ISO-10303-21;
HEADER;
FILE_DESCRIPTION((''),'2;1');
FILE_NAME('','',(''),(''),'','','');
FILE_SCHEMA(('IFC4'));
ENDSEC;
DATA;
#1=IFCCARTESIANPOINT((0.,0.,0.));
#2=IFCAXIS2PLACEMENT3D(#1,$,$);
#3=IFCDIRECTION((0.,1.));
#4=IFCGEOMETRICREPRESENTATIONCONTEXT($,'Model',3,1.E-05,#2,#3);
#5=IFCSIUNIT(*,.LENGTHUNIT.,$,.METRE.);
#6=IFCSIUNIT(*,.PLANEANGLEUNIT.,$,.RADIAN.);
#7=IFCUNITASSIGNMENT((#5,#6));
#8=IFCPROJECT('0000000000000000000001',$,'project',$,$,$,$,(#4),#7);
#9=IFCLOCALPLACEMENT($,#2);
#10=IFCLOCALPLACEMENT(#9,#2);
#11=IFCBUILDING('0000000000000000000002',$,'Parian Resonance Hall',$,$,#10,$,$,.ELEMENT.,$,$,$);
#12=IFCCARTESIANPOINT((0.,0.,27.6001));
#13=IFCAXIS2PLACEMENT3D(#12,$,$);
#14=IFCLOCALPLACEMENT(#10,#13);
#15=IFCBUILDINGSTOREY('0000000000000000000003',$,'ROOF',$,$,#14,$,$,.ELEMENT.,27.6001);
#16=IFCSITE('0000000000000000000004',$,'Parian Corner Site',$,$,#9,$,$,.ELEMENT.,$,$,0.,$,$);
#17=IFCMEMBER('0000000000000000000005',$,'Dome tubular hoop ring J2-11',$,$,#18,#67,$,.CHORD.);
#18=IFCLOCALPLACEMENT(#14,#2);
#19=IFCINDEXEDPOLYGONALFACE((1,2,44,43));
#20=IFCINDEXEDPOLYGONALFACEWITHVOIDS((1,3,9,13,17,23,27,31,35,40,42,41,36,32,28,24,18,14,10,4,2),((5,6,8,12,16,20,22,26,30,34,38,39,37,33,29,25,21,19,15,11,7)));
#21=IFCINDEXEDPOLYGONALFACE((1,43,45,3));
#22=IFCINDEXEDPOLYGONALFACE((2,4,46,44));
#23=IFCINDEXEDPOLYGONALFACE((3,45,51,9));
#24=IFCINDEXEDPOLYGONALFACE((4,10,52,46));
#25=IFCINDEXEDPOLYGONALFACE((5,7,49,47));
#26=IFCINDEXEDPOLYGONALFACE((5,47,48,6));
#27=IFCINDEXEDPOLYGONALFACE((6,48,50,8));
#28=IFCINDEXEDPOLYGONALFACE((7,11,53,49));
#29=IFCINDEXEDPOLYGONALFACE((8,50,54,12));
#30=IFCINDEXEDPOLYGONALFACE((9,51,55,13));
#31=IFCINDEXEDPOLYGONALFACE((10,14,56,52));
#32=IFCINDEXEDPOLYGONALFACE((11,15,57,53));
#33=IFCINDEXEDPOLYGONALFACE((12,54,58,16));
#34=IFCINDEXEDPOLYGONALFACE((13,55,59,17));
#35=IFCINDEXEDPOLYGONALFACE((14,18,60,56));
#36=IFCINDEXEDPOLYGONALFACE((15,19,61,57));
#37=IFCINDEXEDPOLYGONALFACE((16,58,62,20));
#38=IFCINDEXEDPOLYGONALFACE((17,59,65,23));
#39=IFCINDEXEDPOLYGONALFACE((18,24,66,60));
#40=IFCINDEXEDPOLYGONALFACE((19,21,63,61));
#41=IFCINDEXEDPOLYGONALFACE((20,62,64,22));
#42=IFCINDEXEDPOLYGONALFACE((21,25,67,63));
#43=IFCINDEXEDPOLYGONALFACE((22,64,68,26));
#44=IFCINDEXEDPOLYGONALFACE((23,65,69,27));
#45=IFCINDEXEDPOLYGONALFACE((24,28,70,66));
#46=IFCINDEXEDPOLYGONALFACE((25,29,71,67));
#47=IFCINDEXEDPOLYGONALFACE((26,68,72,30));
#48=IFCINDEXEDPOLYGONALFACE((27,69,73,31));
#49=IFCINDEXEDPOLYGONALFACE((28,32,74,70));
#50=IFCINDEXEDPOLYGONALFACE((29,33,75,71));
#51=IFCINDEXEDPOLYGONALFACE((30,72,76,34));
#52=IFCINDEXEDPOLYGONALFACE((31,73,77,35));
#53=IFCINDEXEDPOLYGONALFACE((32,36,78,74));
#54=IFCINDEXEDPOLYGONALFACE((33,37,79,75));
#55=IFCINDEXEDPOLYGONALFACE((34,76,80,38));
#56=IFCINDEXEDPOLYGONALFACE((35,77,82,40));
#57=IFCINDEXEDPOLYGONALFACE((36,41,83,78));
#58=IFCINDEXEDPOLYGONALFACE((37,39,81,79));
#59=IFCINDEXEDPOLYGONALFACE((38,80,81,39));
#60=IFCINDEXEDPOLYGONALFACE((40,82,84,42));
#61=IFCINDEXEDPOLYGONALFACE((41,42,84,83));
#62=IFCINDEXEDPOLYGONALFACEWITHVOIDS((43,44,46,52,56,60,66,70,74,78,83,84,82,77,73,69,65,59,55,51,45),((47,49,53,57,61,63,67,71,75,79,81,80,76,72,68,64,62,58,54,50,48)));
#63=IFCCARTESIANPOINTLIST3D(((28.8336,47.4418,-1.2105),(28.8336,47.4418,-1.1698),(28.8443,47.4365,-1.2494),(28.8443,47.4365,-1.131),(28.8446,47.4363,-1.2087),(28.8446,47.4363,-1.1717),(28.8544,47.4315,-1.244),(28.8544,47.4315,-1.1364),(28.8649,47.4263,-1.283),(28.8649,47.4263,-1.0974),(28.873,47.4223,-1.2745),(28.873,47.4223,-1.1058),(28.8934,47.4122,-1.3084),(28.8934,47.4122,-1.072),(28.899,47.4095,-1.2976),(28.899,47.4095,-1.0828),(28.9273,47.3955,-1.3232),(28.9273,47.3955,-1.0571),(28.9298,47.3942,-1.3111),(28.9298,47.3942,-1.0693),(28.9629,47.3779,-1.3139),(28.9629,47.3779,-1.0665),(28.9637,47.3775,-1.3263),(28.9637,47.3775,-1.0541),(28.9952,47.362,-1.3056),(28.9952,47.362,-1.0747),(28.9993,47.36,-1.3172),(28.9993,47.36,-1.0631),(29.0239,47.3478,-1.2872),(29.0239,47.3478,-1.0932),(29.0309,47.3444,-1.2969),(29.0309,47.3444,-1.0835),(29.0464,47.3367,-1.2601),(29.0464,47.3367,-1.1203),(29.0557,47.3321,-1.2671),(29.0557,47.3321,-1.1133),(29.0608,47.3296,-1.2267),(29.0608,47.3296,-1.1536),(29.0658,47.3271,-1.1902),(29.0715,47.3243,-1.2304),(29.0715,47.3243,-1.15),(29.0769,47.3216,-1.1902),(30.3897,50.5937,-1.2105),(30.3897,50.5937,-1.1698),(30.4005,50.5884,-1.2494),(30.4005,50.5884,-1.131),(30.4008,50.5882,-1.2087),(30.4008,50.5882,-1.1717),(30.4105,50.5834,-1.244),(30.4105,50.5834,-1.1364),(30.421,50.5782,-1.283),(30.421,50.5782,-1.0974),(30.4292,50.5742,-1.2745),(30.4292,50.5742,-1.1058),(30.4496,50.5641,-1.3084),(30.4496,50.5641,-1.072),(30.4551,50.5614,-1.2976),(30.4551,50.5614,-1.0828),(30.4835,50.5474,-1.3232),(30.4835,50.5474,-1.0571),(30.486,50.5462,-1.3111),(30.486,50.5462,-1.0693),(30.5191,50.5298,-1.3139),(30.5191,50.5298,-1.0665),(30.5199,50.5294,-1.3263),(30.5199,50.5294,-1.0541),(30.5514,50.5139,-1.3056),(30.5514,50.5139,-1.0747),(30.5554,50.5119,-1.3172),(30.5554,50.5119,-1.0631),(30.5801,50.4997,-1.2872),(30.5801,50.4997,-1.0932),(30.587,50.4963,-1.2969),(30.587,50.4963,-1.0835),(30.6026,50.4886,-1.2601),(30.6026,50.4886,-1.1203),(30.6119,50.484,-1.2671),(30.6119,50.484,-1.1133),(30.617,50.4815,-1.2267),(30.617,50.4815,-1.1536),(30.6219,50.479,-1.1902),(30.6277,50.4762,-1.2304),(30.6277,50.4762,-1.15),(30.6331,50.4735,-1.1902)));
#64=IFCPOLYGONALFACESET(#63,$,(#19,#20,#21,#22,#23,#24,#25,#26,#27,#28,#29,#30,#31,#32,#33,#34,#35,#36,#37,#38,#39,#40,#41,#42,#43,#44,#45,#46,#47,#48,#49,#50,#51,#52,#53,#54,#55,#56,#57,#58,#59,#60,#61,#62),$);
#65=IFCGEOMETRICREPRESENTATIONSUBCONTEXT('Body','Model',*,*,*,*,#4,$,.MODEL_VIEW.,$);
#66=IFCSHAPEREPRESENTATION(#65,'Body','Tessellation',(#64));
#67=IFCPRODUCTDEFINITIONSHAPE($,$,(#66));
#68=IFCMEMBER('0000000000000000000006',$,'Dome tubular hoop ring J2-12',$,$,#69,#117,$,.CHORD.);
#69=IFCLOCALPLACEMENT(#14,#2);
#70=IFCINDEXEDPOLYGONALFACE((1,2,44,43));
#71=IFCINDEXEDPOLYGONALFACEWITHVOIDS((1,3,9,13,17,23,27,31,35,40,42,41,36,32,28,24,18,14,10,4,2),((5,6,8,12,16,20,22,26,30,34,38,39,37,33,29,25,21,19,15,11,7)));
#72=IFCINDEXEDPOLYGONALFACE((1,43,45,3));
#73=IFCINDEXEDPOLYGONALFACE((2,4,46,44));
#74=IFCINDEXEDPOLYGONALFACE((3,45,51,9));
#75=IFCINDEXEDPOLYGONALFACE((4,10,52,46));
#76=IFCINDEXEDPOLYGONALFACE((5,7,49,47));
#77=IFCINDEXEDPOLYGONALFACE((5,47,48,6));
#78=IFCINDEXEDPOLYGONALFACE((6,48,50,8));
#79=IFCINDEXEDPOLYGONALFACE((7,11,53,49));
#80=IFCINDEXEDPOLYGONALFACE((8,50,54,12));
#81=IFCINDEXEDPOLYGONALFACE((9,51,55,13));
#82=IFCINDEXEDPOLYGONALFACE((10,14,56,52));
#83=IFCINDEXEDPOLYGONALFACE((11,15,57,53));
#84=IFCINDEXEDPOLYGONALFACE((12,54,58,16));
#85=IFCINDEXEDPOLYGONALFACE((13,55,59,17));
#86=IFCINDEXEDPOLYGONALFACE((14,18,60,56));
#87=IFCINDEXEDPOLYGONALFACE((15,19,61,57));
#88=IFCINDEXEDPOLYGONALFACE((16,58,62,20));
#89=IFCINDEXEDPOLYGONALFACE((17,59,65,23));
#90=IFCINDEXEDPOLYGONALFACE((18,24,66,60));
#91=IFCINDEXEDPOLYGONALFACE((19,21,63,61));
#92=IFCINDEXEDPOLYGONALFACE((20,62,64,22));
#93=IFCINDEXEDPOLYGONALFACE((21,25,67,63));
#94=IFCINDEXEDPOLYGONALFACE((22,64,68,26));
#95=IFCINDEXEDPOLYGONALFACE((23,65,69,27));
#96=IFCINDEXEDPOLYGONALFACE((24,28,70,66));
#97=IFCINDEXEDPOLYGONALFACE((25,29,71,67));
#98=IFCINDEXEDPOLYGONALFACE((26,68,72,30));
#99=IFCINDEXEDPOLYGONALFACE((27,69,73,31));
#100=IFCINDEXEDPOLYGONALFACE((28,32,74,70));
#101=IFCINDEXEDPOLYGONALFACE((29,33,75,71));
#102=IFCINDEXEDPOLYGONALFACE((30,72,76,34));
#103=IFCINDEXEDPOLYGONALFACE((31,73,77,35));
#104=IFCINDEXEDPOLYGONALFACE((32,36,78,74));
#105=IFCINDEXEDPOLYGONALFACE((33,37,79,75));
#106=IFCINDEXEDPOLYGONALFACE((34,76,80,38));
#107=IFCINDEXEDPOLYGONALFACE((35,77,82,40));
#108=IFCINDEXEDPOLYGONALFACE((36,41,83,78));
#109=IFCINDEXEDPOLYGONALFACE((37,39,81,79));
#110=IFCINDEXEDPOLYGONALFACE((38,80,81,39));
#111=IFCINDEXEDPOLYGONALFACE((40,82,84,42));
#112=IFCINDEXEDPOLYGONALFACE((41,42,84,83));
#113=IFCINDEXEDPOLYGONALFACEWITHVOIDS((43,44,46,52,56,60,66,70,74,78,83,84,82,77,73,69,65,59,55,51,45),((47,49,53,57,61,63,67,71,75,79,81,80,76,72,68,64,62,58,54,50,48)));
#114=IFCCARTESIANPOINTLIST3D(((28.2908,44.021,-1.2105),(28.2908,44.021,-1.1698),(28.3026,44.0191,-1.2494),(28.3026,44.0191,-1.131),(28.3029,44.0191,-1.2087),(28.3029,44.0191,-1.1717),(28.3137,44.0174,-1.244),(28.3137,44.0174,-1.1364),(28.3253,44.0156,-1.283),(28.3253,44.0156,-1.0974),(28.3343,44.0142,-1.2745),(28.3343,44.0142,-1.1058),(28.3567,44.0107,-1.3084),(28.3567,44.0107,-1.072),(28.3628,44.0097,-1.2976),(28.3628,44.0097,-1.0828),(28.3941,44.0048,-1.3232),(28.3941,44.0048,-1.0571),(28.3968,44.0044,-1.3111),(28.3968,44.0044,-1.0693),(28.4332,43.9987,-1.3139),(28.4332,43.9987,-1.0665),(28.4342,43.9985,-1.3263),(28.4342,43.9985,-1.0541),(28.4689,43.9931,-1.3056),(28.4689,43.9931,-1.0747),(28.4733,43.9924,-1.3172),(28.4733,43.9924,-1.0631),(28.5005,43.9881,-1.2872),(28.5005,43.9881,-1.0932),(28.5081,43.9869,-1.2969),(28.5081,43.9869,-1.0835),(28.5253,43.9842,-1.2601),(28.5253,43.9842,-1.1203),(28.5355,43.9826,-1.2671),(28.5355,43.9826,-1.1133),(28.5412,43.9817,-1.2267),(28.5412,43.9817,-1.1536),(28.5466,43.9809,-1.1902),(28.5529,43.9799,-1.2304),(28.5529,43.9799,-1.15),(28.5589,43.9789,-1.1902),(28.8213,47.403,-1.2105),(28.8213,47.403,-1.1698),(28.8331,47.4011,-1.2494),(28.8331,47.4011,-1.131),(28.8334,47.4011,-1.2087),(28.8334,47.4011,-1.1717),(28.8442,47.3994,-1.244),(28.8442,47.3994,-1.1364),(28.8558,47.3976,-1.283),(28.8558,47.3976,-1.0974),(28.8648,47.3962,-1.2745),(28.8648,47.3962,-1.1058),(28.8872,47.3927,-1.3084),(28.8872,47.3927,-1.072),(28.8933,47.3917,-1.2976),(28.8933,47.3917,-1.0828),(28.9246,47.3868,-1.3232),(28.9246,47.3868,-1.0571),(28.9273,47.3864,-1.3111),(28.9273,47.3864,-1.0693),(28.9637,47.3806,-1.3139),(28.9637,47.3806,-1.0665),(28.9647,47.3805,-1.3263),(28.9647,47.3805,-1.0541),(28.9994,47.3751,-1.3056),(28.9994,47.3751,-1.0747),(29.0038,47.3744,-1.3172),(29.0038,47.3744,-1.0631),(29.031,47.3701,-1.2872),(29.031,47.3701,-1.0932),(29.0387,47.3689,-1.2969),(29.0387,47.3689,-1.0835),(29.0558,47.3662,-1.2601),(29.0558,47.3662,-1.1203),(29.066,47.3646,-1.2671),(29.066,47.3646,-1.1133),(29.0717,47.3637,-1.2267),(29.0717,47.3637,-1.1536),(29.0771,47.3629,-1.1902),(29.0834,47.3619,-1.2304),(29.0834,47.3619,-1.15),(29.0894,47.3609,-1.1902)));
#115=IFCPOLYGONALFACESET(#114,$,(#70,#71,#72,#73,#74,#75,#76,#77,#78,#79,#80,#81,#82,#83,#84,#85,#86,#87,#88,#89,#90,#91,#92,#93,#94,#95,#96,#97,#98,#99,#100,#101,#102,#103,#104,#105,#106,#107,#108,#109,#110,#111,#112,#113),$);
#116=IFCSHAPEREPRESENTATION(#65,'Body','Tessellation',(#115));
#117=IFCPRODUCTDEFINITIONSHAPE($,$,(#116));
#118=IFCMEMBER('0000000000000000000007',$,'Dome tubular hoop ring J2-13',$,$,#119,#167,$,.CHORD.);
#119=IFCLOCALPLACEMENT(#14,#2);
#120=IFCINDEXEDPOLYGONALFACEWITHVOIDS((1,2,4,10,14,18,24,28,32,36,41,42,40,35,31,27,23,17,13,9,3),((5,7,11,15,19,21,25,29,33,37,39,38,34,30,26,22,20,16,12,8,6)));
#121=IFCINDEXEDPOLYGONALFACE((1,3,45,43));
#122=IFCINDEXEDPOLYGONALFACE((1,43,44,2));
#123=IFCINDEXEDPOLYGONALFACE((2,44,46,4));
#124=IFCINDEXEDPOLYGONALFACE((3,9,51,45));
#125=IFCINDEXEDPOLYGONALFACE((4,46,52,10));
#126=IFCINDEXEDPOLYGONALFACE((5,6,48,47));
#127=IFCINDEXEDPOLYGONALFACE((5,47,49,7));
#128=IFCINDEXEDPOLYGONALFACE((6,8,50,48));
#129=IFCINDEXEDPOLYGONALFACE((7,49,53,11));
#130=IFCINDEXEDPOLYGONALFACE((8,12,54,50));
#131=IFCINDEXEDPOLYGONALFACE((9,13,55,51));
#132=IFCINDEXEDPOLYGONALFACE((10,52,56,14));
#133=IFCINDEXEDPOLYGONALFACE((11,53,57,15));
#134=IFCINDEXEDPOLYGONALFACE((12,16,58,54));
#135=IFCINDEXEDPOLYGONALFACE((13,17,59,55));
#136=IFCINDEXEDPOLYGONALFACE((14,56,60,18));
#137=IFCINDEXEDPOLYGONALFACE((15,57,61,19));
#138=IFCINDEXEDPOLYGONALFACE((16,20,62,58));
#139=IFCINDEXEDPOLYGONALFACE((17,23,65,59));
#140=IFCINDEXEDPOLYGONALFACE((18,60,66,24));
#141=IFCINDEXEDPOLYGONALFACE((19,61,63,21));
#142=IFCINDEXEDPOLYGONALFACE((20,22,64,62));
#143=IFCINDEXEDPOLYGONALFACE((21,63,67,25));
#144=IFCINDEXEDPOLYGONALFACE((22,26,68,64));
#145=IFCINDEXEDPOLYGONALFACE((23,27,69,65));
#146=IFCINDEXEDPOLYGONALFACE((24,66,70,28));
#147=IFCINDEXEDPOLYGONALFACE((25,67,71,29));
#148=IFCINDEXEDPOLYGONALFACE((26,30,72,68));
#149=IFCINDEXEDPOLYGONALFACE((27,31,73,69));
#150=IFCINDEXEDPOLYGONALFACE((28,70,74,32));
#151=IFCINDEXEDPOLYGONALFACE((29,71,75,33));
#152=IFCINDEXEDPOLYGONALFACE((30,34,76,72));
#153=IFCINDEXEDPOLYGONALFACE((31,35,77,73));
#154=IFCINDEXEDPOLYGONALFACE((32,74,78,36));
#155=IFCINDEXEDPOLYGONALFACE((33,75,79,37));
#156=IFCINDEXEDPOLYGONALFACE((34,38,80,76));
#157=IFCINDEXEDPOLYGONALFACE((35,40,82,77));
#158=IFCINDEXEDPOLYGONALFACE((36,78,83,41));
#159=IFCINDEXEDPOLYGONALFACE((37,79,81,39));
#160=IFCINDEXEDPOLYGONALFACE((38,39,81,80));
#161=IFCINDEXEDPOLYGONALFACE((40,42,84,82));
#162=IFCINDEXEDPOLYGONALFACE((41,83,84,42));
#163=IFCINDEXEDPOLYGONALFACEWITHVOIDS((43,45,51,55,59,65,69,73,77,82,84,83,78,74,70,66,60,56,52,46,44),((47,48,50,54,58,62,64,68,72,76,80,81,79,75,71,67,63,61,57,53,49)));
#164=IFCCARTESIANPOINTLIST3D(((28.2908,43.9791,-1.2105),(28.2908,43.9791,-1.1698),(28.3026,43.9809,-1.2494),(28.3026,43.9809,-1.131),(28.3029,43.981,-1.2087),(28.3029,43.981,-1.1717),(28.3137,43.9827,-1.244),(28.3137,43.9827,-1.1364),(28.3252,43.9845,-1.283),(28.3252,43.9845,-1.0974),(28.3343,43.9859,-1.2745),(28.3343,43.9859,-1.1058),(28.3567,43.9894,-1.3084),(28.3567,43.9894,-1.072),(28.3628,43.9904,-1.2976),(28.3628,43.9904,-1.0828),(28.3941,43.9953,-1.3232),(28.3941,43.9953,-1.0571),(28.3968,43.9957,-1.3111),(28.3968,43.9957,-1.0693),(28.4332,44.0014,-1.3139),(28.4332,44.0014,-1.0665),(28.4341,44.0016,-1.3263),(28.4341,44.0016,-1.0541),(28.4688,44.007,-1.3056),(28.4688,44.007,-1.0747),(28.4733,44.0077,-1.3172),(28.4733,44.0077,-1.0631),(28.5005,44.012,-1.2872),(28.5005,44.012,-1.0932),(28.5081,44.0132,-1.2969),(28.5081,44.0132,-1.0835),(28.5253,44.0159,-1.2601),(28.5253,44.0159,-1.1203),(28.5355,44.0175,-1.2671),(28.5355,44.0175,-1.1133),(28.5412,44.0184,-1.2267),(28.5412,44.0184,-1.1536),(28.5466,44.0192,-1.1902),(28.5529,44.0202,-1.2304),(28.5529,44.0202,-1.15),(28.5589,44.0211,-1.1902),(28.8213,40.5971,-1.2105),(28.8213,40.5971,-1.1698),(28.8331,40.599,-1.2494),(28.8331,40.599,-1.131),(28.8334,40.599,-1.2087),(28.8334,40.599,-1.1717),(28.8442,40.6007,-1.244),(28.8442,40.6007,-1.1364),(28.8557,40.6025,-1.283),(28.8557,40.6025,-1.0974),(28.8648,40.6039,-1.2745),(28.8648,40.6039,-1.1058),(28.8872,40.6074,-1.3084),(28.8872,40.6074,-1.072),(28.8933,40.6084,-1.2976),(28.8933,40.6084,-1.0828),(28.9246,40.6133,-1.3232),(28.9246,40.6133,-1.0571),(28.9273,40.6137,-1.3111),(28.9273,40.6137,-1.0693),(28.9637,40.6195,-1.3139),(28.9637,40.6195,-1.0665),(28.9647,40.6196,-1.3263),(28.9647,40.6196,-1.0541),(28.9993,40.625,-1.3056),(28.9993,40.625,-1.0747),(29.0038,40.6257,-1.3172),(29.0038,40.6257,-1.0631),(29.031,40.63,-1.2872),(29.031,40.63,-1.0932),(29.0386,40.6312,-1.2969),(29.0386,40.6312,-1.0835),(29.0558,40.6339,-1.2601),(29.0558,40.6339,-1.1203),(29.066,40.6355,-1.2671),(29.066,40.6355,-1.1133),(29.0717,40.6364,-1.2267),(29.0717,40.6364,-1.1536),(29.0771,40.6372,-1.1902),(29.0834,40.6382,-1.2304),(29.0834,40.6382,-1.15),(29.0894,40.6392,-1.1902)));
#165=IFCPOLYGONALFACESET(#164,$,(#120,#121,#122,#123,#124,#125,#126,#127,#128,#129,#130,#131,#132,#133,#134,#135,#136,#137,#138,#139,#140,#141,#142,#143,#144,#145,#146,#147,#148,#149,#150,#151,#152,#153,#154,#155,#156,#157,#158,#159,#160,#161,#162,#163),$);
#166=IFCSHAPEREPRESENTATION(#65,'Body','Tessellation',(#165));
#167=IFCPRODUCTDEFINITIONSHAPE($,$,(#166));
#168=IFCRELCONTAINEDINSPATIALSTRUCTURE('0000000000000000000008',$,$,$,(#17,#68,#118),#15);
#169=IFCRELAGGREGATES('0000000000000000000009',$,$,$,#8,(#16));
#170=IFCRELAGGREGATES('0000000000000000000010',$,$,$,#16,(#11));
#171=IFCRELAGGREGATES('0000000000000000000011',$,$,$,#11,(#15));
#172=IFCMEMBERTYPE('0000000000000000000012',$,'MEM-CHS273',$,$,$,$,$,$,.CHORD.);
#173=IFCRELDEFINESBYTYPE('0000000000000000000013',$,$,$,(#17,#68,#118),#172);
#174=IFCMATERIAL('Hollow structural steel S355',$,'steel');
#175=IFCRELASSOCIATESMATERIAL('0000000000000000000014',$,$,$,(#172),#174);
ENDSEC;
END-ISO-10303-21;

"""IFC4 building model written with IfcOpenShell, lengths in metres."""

from ifc_helpers import new_model, si_unit, direction, frame, origin, origin_2d, place, context, subcontext, project, spatial, hollow_circle, extrude, material, material_profile, profile_set, type_object, element, save


model = new_model("IFC4")

# Units and contexts
model_context = context("Model", 3, precision=1e-05, world=origin(), true_north=direction((0.0, 1.0)))
body_context = subcontext(model_context, "Body", "Model", "MODEL_VIEW")
ifc_project = project(units=[si_unit("LENGTHUNIT", "METRE"), si_unit("PLANEANGLEUNIT", "RADIAN")], contexts=[model_context])

# Site, building, storey
site_placement = place(None, origin())
site = spatial("IfcSite", under=ifc_project, at=site_placement, Name="Parian Corner Site", CompositionType="ELEMENT", RefElevation=0.0)
building_placement = place(site_placement, origin())
building = spatial("IfcBuilding", under=site, at=building_placement, Name="Parian Resonance Hall", CompositionType="ELEMENT")
storey_placement = place(building_placement, frame((0.0, 0.0, 27.6001)))
storey = spatial("IfcBuildingStorey", under=building, at=storey_placement, Name="ROOF", CompositionType="ELEMENT", Elevation=27.6001)

# Members
ifc_material_1 = material(Name="Hollow structural steel S355", Category="steel")
ifc_material_profile_1 = material_profile(ifc_material_1, hollow_circle(Radius=0.1365, WallThickness=0.0125, at=origin_2d()), Name="CHS273x12.5")
ifc_profile_set_1 = profile_set([ifc_material_profile_1], Name="Hollow structural steel S355")
member_type_1 = type_object("IfcMemberType", Name="MEM-CHS273", PredefinedType="CHORD", material=ifc_profile_set_1)
member_1_placement = place(storey_placement, frame((30.5107, 50.5339, -1.1902), z_axis=(-0.442707, -0.896666, 0.0), x_axis=(0.896666, -0.442707, 0.0)))
element("IfcMember", 1, at=member_1_placement, inside=storey, type_object=member_type_1, Name="Dome tubular hoop ring J2-11", PredefinedType="CHORD", context=body_context, shape_type="SweptSolid", body=[
    extrude(hollow_circle(Radius=0.1365, WallThickness=0.0125, at=origin_2d()), origin(), (0.0, 0.0, 1.0), 3.5151),
])
for number, where, z_axis, x_axis, name in (
    (2, (28.9546, 47.3821, -1.1902), (-0.154966, -0.98792, 0.0), (0.98792, -0.154966, 0.0), "Dome tubular hoop ring J2-12"),
    (3, (28.4241, 44.0, -1.1902), (0.154966, -0.98792, 0.0), (0.98792, 0.154966, 0.0), "Dome tubular hoop ring J2-13"),
):
    element("IfcMember", number, at=place(storey_placement, frame(where, z_axis=z_axis, x_axis=x_axis)), inside=storey, type_object=member_type_1, Name=name, PredefinedType="CHORD", context=body_context, shape_type="SweptSolid", body=[
        extrude(hollow_circle(Radius=0.1365, WallThickness=0.0125, at=origin_2d()), origin(), (0.0, 0.0, 1.0), 3.4233),
    ])

save(model, "model.ifc")
